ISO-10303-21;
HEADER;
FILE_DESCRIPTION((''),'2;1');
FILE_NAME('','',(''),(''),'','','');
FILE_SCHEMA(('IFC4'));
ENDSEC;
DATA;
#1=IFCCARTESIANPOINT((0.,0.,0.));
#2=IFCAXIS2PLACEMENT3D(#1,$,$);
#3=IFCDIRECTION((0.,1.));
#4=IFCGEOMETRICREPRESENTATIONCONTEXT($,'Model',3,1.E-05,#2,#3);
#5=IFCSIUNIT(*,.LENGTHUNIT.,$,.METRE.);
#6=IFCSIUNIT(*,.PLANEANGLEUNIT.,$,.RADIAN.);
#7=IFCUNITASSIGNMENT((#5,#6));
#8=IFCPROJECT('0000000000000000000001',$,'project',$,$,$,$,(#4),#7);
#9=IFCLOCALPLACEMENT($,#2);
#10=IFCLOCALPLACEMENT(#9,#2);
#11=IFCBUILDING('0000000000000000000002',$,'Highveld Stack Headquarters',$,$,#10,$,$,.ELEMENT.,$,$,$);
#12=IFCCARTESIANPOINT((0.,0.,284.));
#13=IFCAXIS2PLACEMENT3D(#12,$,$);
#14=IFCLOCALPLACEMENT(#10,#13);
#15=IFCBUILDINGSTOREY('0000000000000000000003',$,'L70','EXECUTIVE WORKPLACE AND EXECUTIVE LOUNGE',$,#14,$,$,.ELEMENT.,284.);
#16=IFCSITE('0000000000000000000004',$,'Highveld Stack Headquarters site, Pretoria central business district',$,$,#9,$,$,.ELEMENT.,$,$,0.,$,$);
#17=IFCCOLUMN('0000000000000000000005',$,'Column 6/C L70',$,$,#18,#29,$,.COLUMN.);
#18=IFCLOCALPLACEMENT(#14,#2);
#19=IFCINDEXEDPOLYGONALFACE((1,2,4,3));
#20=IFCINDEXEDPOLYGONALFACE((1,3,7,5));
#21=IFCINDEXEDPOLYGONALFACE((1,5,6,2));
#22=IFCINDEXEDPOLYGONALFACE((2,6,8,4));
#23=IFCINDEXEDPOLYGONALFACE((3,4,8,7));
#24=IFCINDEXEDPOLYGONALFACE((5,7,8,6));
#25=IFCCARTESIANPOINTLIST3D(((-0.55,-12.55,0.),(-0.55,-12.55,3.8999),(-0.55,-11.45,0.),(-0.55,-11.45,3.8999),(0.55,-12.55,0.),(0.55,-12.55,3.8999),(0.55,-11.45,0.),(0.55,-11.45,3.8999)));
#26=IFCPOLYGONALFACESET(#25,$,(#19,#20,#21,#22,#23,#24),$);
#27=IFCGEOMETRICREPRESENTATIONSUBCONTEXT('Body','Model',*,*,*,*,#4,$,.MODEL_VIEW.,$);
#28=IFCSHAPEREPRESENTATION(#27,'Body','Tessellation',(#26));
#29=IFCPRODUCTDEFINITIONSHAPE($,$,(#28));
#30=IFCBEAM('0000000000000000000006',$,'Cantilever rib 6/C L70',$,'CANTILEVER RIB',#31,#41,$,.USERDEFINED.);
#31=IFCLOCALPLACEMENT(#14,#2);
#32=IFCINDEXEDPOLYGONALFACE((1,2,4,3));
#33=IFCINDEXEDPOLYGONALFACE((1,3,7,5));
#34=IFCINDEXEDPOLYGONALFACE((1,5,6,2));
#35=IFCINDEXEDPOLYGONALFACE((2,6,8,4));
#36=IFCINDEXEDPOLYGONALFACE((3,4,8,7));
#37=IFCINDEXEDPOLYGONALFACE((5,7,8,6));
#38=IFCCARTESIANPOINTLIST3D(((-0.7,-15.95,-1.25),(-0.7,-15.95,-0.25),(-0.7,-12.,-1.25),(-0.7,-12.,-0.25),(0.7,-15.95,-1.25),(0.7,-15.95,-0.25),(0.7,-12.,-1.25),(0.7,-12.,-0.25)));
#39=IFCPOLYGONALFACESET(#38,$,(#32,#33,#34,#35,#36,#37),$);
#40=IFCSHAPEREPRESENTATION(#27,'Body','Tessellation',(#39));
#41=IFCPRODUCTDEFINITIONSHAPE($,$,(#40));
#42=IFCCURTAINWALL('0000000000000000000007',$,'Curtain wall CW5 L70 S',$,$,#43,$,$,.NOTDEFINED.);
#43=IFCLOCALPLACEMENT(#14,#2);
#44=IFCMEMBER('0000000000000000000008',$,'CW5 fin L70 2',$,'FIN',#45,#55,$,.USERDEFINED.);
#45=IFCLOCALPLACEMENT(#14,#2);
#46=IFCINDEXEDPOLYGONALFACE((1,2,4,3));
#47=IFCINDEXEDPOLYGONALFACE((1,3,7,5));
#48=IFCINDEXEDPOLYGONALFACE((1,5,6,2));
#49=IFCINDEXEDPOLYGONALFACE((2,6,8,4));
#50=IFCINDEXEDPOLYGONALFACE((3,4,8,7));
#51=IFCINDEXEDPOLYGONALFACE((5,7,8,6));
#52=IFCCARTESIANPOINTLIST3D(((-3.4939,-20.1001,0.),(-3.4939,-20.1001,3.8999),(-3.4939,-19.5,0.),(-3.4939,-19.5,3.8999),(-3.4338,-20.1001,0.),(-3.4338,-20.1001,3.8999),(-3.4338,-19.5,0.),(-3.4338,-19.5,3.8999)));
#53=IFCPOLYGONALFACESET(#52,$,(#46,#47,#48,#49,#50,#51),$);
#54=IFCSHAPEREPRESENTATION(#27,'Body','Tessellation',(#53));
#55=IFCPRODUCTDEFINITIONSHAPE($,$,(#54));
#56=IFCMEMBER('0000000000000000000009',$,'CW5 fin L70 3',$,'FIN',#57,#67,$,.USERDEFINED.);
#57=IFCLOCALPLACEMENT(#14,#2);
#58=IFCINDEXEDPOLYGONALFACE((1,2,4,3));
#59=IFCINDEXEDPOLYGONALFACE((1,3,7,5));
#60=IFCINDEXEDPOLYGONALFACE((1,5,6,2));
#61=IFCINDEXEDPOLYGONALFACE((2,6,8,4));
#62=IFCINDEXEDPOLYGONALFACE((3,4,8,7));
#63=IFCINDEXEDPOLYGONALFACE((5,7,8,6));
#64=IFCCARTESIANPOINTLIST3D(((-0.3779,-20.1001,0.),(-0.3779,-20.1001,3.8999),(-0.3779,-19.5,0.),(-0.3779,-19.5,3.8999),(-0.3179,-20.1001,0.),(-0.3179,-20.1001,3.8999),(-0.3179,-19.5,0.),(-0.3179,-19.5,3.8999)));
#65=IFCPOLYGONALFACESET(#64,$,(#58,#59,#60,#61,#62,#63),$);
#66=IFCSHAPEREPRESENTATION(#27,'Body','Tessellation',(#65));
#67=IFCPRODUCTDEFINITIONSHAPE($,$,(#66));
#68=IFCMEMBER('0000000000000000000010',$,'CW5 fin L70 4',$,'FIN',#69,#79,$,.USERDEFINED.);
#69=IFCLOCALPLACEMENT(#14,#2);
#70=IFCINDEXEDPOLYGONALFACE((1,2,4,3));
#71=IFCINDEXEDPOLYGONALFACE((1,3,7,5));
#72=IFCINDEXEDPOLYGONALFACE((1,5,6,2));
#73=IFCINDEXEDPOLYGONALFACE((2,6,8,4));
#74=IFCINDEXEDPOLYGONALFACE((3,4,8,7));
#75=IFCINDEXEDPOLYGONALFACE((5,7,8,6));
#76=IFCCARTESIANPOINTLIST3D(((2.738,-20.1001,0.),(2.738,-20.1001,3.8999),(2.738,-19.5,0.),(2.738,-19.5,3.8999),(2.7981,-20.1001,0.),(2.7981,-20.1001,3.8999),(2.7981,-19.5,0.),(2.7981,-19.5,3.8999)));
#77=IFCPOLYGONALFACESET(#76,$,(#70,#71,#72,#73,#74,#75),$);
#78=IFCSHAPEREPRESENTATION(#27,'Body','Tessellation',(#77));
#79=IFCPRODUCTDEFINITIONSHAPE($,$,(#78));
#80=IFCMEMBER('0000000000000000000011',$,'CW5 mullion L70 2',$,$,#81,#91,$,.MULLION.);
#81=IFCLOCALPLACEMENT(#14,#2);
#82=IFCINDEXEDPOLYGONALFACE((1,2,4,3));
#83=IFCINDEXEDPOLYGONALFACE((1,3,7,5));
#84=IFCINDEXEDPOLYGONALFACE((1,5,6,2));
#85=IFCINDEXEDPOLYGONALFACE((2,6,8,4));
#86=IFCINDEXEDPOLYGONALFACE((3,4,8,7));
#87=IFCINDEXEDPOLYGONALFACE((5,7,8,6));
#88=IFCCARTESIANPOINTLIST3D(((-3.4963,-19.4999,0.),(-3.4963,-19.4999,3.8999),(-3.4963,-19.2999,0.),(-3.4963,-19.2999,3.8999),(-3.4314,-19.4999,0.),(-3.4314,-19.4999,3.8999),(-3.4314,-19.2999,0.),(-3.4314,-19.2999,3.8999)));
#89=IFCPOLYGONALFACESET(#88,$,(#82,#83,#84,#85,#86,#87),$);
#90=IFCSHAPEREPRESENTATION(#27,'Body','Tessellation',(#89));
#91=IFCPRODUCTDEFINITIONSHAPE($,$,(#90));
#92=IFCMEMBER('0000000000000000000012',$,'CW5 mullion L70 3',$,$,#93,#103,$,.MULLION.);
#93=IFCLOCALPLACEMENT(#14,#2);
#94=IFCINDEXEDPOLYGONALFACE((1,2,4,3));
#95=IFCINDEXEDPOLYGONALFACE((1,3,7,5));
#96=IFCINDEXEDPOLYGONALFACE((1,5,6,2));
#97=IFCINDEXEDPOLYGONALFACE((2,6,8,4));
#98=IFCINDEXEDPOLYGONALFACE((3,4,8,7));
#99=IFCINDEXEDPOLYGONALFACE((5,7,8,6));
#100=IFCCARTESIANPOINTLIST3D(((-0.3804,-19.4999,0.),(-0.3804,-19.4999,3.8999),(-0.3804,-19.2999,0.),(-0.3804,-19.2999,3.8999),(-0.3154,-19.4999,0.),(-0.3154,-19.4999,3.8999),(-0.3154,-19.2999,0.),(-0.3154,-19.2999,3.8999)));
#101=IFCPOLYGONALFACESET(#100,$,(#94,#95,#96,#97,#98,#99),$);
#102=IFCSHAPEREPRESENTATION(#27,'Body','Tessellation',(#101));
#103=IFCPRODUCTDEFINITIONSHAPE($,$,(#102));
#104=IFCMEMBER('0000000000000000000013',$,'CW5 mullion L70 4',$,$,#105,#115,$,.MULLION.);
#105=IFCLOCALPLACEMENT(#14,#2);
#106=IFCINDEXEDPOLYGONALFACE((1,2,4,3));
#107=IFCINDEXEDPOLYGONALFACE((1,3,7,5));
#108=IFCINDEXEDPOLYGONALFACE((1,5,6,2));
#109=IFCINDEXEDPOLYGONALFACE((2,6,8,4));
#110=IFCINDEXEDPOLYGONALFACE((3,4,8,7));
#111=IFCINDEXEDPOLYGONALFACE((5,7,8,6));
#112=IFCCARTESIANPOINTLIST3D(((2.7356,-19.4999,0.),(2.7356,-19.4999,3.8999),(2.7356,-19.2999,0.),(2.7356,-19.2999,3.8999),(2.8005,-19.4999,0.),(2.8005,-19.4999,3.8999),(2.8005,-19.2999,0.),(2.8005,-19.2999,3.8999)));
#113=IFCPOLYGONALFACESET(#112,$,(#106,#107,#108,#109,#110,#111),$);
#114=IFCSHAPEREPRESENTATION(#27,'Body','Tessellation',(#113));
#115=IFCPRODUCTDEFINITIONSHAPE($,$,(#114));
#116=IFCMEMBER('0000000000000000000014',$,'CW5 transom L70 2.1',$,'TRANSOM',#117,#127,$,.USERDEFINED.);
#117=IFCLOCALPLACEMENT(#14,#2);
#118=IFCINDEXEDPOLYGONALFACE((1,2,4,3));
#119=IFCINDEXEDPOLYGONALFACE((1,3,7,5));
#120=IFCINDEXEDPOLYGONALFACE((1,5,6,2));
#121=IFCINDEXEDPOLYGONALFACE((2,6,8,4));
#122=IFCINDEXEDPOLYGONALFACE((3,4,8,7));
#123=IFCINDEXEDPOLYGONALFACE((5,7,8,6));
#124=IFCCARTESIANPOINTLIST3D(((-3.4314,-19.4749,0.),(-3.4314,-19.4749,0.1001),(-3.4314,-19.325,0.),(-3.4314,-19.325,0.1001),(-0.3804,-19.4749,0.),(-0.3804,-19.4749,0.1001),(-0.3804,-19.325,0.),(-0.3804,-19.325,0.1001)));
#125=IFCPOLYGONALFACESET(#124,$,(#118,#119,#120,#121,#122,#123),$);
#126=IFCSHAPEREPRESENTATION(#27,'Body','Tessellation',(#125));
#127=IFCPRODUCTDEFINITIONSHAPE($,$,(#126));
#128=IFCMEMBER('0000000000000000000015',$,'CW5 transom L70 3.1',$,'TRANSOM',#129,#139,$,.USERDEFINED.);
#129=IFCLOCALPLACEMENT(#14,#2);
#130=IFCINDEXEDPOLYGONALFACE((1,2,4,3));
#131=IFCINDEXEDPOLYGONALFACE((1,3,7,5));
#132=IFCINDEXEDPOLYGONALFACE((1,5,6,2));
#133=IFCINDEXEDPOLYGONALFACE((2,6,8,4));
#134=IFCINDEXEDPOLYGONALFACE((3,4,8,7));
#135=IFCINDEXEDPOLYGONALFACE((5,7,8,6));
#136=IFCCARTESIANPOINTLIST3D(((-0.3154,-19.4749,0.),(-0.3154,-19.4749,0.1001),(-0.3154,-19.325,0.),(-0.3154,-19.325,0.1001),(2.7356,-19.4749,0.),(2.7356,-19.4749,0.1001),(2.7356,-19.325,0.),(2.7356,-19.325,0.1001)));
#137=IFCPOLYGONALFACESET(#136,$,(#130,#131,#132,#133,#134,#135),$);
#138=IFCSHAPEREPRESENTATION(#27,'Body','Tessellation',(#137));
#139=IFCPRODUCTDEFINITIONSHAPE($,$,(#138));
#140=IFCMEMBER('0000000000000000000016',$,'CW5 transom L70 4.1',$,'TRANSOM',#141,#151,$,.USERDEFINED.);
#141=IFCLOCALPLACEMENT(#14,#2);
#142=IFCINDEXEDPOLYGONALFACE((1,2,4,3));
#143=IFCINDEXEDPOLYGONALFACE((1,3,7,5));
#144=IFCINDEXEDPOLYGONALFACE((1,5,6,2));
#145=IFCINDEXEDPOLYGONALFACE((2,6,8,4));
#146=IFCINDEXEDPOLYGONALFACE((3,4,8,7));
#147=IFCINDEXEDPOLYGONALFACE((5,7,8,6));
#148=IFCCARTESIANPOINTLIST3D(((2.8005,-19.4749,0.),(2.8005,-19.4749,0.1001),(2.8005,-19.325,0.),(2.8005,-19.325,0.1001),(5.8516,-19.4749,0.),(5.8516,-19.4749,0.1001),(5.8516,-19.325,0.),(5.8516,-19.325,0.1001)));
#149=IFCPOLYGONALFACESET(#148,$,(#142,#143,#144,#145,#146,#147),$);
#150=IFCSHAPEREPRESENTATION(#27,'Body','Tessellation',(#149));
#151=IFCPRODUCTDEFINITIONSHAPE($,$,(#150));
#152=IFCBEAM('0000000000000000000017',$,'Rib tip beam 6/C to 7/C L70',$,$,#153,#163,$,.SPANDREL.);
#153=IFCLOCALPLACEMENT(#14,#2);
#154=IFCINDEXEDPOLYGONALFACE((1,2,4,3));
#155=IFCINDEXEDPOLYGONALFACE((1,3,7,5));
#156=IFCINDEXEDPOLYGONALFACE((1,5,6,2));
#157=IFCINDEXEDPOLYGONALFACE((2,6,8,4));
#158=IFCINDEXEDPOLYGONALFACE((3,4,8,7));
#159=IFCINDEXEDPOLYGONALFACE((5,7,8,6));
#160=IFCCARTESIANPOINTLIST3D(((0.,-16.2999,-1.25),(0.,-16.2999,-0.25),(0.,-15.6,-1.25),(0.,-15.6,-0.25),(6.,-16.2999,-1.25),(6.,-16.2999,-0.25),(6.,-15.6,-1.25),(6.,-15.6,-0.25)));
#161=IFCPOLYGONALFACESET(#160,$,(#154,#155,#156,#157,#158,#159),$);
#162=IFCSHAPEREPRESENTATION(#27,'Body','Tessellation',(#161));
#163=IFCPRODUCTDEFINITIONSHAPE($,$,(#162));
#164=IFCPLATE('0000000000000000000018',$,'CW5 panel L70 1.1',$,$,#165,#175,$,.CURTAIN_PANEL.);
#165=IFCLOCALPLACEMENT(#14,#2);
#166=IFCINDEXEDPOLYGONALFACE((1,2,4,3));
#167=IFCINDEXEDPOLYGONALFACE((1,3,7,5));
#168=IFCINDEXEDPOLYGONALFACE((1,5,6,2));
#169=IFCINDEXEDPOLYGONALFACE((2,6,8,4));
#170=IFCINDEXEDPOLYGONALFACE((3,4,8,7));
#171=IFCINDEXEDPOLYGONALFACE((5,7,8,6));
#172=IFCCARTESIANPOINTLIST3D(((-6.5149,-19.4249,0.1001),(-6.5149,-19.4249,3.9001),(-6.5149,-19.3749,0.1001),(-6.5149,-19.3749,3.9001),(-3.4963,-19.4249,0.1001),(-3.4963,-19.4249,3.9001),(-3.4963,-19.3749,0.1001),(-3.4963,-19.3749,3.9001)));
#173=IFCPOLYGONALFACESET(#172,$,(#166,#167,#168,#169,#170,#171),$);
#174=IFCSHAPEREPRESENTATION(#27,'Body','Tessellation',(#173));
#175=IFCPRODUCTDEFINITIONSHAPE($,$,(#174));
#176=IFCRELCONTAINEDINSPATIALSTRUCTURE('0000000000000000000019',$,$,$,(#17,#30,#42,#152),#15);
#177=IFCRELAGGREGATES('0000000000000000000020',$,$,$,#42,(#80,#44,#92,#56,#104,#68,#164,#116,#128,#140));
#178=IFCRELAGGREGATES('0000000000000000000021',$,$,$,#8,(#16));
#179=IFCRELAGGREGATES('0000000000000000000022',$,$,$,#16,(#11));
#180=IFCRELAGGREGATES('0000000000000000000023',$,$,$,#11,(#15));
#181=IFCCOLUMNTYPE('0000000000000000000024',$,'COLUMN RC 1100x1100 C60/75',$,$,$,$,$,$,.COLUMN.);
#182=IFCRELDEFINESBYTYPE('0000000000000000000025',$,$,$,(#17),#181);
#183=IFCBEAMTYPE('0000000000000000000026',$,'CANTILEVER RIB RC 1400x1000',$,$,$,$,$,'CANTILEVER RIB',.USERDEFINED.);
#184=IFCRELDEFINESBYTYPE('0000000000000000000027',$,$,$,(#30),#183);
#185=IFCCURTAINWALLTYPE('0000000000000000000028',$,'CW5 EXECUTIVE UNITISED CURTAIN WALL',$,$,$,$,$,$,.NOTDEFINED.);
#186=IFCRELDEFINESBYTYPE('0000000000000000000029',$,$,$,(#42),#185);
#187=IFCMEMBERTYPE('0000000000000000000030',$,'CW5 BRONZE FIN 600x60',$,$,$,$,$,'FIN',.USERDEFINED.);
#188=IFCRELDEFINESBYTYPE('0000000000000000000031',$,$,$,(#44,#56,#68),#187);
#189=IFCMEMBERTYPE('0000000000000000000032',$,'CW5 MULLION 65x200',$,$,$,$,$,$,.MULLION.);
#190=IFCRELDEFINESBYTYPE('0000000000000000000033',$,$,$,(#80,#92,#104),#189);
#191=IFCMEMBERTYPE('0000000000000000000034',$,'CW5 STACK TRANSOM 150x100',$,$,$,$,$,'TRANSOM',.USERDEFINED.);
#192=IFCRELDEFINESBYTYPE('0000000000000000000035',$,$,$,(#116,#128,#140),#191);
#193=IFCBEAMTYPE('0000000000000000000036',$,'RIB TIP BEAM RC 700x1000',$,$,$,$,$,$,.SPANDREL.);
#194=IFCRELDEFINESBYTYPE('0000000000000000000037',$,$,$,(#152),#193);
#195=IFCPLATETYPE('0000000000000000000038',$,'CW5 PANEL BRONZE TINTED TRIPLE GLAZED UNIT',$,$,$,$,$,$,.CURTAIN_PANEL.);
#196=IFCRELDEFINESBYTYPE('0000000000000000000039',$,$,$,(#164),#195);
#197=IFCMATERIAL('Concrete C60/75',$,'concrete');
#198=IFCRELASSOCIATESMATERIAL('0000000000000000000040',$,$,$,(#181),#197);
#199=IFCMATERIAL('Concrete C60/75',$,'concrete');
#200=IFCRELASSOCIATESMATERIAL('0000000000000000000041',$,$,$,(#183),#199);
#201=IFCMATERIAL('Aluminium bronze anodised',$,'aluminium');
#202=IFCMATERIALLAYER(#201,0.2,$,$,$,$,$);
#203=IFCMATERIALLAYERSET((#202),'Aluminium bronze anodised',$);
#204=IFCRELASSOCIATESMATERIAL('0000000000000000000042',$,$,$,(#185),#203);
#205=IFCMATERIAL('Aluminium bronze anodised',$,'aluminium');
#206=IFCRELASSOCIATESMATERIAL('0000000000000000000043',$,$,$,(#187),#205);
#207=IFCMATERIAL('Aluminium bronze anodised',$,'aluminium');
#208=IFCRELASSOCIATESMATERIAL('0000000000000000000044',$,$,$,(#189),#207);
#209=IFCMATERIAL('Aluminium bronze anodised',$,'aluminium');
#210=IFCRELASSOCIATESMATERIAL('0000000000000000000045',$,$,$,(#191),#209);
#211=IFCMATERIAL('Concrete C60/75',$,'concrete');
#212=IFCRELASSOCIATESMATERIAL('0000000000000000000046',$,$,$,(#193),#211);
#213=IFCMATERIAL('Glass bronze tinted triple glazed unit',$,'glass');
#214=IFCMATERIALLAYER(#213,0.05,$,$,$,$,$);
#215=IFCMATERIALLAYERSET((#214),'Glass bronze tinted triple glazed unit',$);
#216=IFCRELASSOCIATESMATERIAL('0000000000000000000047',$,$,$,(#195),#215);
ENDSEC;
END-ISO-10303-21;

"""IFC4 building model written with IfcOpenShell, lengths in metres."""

from ifc_helpers import new_model, si_unit, direction, frame, origin, origin_2d, place, context, subcontext, project, spatial, rectangle, extrude, material, layer, layer_set, material_profile, profile_set, type_object, element, aggregate, save


model = new_model("IFC4")

# Units and contexts
model_context = context("Model", 3, precision=1e-05, world=origin(), true_north=direction((0.0, 1.0)))
body_context = subcontext(model_context, "Body", "Model", "MODEL_VIEW")
ifc_project = project(units=[si_unit("LENGTHUNIT", "METRE"), si_unit("PLANEANGLEUNIT", "RADIAN")], contexts=[model_context])

# Site, building, storey
site_placement = place(None, origin())
site = spatial("IfcSite", under=ifc_project, at=site_placement, Name="Highveld Stack Headquarters site, Pretoria central business district", CompositionType="ELEMENT", RefElevation=0.0)
building_placement = place(site_placement, origin())
building = spatial("IfcBuilding", under=site, at=building_placement, Name="Highveld Stack Headquarters", CompositionType="ELEMENT")
storey_placement = place(building_placement, frame((0.0, 0.0, 284.0)))
storey = spatial("IfcBuildingStorey", under=building, at=storey_placement, Name="L70", Description="EXECUTIVE WORKPLACE AND EXECUTIVE LOUNGE", CompositionType="ELEMENT", Elevation=284.0)

# Column
ifc_material_1 = material(Name="Concrete C60/75", Category="concrete")
ifc_material_profile_1 = material_profile(ifc_material_1, rectangle(XDim=1.1001, YDim=1.1001, at=origin_2d()), Name="RC 1100x1100")
ifc_profile_set_1 = profile_set([ifc_material_profile_1], Name="Concrete C60/75")
column_type = type_object("IfcColumnType", Name="COLUMN RC 1100x1100 C60/75", PredefinedType="COLUMN", material=ifc_profile_set_1)
column_placement = place(storey_placement, frame((0.0, -12.0, 0.0), z_axis=(0.0, 0.0, 1.0), x_axis=(1.0, 0.0, 0.0)))
element("IfcColumn", 1, at=column_placement, inside=storey, type_object=column_type, Name="Column 6/C L70", PredefinedType="COLUMN", context=body_context, shape_type="SweptSolid", body=[
    extrude(rectangle(XDim=1.1001, YDim=1.1001, at=origin_2d()), origin(), (0.0, 0.0, 1.0), 3.8999),
])

# Beam
ifc_material_2 = material(Name="Concrete C60/75", Category="concrete")
ifc_material_profile_2 = material_profile(ifc_material_2, rectangle(XDim=1.3999, YDim=1.0, at=origin_2d()), Name="RC 1400x1000")
ifc_profile_set_2 = profile_set([ifc_material_profile_2], Name="Concrete C60/75")
beam_type_1 = type_object("IfcBeamType", Name="CANTILEVER RIB RC 1400x1000", ElementType="CANTILEVER RIB", PredefinedType="USERDEFINED", material=ifc_profile_set_2)
beam_1_placement = place(storey_placement, frame((0.0, -12.0, -0.75), z_axis=(0.0, -1.0, 0.0), x_axis=(1.0, 0.0, 0.0)))
element("IfcBeam", 2, at=beam_1_placement, inside=storey, type_object=beam_type_1, Name="Cantilever rib 6/C L70", ObjectType="CANTILEVER RIB", PredefinedType="USERDEFINED", context=body_context, shape_type="SweptSolid", body=[
    extrude(rectangle(XDim=1.3999, YDim=1.0, at=origin_2d()), origin(), (0.0, 0.0, 1.0), 3.95),
])

# Curtain wall, members
ifc_material_3 = material(Name="Aluminium bronze anodised", Category="aluminium")
ifc_layer_1 = layer(ifc_material_3, 0.2)
ifc_layer_set_1 = layer_set([ifc_layer_1], Name="Aluminium bronze anodised")
curtain_wall_type = type_object("IfcCurtainWallType", Name="CW5 EXECUTIVE UNITISED CURTAIN WALL", PredefinedType="NOTDEFINED", material=ifc_layer_set_1)
curtain_wall_placement = place(storey_placement, origin())
curtain_wall = element("IfcCurtainWall", 3, at=curtain_wall_placement, inside=storey, type_object=curtain_wall_type, Name="Curtain wall CW5 L70 S", PredefinedType="NOTDEFINED")
ifc_material_4 = material(Name="Aluminium bronze anodised", Category="aluminium")
ifc_material_profile_3 = material_profile(ifc_material_4, rectangle(XDim=0.6001, YDim=0.0601, at=origin_2d()), Name="FIN 600x60")
ifc_profile_set_3 = profile_set([ifc_material_profile_3], Name="Aluminium bronze anodised")
member_type_1 = type_object("IfcMemberType", Name="CW5 BRONZE FIN 600x60", ElementType="FIN", PredefinedType="USERDEFINED", material=ifc_profile_set_3)
member_1_placement = place(storey_placement, frame((-3.4639, -19.8, 0.0), z_axis=(0.0, 0.0, 1.0), x_axis=(0.0, 1.0, 0.0)))
member_1 = element("IfcMember", 4, at=member_1_placement, type_object=member_type_1, Name="CW5 fin L70 2", ObjectType="FIN", PredefinedType="USERDEFINED", context=body_context, shape_type="SweptSolid", body=[
    extrude(rectangle(XDim=0.6001, YDim=0.0601, at=origin_2d()), origin(), (0.0, 0.0, 1.0), 3.8999),
])
member_2_placement = place(storey_placement, frame((-0.3479, -19.8, 0.0), z_axis=(0.0, 0.0, 1.0), x_axis=(0.0, 1.0, 0.0)))
member_2 = element("IfcMember", 5, at=member_2_placement, type_object=member_type_1, Name="CW5 fin L70 3", ObjectType="FIN", PredefinedType="USERDEFINED", context=body_context, shape_type="SweptSolid", body=[
    extrude(rectangle(XDim=0.6001, YDim=0.0601, at=origin_2d()), origin(), (0.0, 0.0, 1.0), 3.8999),
])
member_3_placement = place(storey_placement, frame((2.7681, -19.8, 0.0), z_axis=(0.0, 0.0, 1.0), x_axis=(0.0, 1.0, 0.0)))
member_3 = element("IfcMember", 6, at=member_3_placement, type_object=member_type_1, Name="CW5 fin L70 4", ObjectType="FIN", PredefinedType="USERDEFINED", context=body_context, shape_type="SweptSolid", body=[
    extrude(rectangle(XDim=0.6001, YDim=0.0601, at=origin_2d()), origin(), (0.0, 0.0, 1.0), 3.8999),
])
ifc_material_5 = material(Name="Aluminium bronze anodised", Category="aluminium")
ifc_material_profile_4 = material_profile(ifc_material_5, rectangle(XDim=0.2, YDim=0.0649, at=origin_2d()), Name="CW5 MULLION 65x200")
ifc_profile_set_4 = profile_set([ifc_material_profile_4], Name="Aluminium bronze anodised")
member_type_2 = type_object("IfcMemberType", Name="CW5 MULLION 65x200", PredefinedType="MULLION", material=ifc_profile_set_4)
member_4_placement = place(storey_placement, frame((-3.4639, -19.3999, 0.0), z_axis=(0.0, 0.0, 1.0), x_axis=(0.0, 1.0, 0.0)))
member_4 = element("IfcMember", 7, at=member_4_placement, type_object=member_type_2, Name="CW5 mullion L70 2", PredefinedType="MULLION", context=body_context, shape_type="SweptSolid", body=[
    extrude(rectangle(XDim=0.2, YDim=0.0649, at=origin_2d()), origin(), (0.0, 0.0, 1.0), 3.8999),
])
member_5_placement = place(storey_placement, frame((-0.3479, -19.3999, 0.0), z_axis=(0.0, 0.0, 1.0), x_axis=(0.0, 1.0, 0.0)))
member_5 = element("IfcMember", 8, at=member_5_placement, type_object=member_type_2, Name="CW5 mullion L70 3", PredefinedType="MULLION", context=body_context, shape_type="SweptSolid", body=[
    extrude(rectangle(XDim=0.2, YDim=0.0649, at=origin_2d()), origin(), (0.0, 0.0, 1.0), 3.8999),
])
member_6_placement = place(storey_placement, frame((2.7681, -19.3999, 0.0), z_axis=(0.0, 0.0, 1.0), x_axis=(0.0, 1.0, 0.0)))
member_6 = element("IfcMember", 9, at=member_6_placement, type_object=member_type_2, Name="CW5 mullion L70 4", PredefinedType="MULLION", context=body_context, shape_type="SweptSolid", body=[
    extrude(rectangle(XDim=0.2, YDim=0.0649, at=origin_2d()), origin(), (0.0, 0.0, 1.0), 3.8999),
])
ifc_material_6 = material(Name="Aluminium bronze anodised", Category="aluminium")
ifc_material_profile_5 = material_profile(ifc_material_6, rectangle(XDim=0.1499, YDim=0.1001, at=origin_2d()), Name="CW5 TRANSOM 150x100")
ifc_profile_set_5 = profile_set([ifc_material_profile_5], Name="Aluminium bronze anodised")
member_type_3 = type_object("IfcMemberType", Name="CW5 STACK TRANSOM 150x100", ElementType="TRANSOM", PredefinedType="USERDEFINED", material=ifc_profile_set_5)
member_7_placement = place(storey_placement, frame((-3.4314, -19.3999, 0.05), z_axis=(1.0, 0.0, 0.0), x_axis=(0.0, 1.0, 0.0)))
member_7 = element("IfcMember", 10, at=member_7_placement, type_object=member_type_3, Name="CW5 transom L70 2.1", ObjectType="TRANSOM", PredefinedType="USERDEFINED", context=body_context, shape_type="SweptSolid", body=[
    extrude(rectangle(XDim=0.1499, YDim=0.1001, at=origin_2d()), origin(), (0.0, 0.0, 1.0), 3.051),
])
member_8_placement = place(storey_placement, frame((-0.3154, -19.3999, 0.05), z_axis=(1.0, 0.0, 0.0), x_axis=(0.0, 1.0, 0.0)))
member_8 = element("IfcMember", 11, at=member_8_placement, type_object=member_type_3, Name="CW5 transom L70 3.1", ObjectType="TRANSOM", PredefinedType="USERDEFINED", context=body_context, shape_type="SweptSolid", body=[
    extrude(rectangle(XDim=0.1499, YDim=0.1001, at=origin_2d()), origin(), (0.0, 0.0, 1.0), 3.051),
])
member_9_placement = place(storey_placement, frame((2.8005, -19.3999, 0.05), z_axis=(1.0, 0.0, 0.0), x_axis=(0.0, 1.0, 0.0)))
member_9 = element("IfcMember", 12, at=member_9_placement, type_object=member_type_3, Name="CW5 transom L70 4.1", ObjectType="TRANSOM", PredefinedType="USERDEFINED", context=body_context, shape_type="SweptSolid", body=[
    extrude(rectangle(XDim=0.1499, YDim=0.1001, at=origin_2d()), origin(), (0.0, 0.0, 1.0), 3.051),
])

# Beam
ifc_material_7 = material(Name="Concrete C60/75", Category="concrete")
ifc_material_profile_6 = material_profile(ifc_material_7, rectangle(XDim=0.7, YDim=1.0, at=origin_2d()), Name="RC 700x1000")
ifc_profile_set_6 = profile_set([ifc_material_profile_6], Name="Concrete C60/75")
beam_type_2 = type_object("IfcBeamType", Name="RIB TIP BEAM RC 700x1000", PredefinedType="SPANDREL", material=ifc_profile_set_6)
beam_2_placement = place(storey_placement, frame((0.0, -15.95, -0.75), z_axis=(1.0, 0.0, 0.0), x_axis=(0.0, 1.0, 0.0)))
element("IfcBeam", 13, at=beam_2_placement, inside=storey, type_object=beam_type_2, Name="Rib tip beam 6/C to 7/C L70", PredefinedType="SPANDREL", context=body_context, shape_type="SweptSolid", body=[
    extrude(rectangle(XDim=0.7, YDim=1.0, at=origin_2d()), origin(), (0.0, 0.0, 1.0), 6.0),
])

# Plate
ifc_material_8 = material(Name="Glass bronze tinted triple glazed unit", Category="glass")
ifc_layer_2 = layer(ifc_material_8, 0.05)
ifc_layer_set_2 = layer_set([ifc_layer_2], Name="Glass bronze tinted triple glazed unit")
plate_type = type_object("IfcPlateType", Name="CW5 PANEL BRONZE TINTED TRIPLE GLAZED UNIT", PredefinedType="CURTAIN_PANEL", material=ifc_layer_set_2)
plate_1_placement = place(storey_placement, frame((-5.0056, -19.3999, 0.1001), z_axis=(0.0, 0.0, 1.0), x_axis=(1.0, 0.0, 0.0)))
plate_1 = element("IfcPlate", 14, at=plate_1_placement, type_object=plate_type, Name="CW5 panel L70 1.1", PredefinedType="CURTAIN_PANEL", context=body_context, shape_type="SweptSolid", body=[
    extrude(rectangle(XDim=3.0186, YDim=0.05, at=origin_2d()), origin(), (0.0, 0.0, 1.0), 3.8),
])
aggregate(curtain_wall, [member_4, member_1, member_5, member_2, member_6, member_3, plate_1, member_7, member_8, member_9])

save(model, "model.ifc")
